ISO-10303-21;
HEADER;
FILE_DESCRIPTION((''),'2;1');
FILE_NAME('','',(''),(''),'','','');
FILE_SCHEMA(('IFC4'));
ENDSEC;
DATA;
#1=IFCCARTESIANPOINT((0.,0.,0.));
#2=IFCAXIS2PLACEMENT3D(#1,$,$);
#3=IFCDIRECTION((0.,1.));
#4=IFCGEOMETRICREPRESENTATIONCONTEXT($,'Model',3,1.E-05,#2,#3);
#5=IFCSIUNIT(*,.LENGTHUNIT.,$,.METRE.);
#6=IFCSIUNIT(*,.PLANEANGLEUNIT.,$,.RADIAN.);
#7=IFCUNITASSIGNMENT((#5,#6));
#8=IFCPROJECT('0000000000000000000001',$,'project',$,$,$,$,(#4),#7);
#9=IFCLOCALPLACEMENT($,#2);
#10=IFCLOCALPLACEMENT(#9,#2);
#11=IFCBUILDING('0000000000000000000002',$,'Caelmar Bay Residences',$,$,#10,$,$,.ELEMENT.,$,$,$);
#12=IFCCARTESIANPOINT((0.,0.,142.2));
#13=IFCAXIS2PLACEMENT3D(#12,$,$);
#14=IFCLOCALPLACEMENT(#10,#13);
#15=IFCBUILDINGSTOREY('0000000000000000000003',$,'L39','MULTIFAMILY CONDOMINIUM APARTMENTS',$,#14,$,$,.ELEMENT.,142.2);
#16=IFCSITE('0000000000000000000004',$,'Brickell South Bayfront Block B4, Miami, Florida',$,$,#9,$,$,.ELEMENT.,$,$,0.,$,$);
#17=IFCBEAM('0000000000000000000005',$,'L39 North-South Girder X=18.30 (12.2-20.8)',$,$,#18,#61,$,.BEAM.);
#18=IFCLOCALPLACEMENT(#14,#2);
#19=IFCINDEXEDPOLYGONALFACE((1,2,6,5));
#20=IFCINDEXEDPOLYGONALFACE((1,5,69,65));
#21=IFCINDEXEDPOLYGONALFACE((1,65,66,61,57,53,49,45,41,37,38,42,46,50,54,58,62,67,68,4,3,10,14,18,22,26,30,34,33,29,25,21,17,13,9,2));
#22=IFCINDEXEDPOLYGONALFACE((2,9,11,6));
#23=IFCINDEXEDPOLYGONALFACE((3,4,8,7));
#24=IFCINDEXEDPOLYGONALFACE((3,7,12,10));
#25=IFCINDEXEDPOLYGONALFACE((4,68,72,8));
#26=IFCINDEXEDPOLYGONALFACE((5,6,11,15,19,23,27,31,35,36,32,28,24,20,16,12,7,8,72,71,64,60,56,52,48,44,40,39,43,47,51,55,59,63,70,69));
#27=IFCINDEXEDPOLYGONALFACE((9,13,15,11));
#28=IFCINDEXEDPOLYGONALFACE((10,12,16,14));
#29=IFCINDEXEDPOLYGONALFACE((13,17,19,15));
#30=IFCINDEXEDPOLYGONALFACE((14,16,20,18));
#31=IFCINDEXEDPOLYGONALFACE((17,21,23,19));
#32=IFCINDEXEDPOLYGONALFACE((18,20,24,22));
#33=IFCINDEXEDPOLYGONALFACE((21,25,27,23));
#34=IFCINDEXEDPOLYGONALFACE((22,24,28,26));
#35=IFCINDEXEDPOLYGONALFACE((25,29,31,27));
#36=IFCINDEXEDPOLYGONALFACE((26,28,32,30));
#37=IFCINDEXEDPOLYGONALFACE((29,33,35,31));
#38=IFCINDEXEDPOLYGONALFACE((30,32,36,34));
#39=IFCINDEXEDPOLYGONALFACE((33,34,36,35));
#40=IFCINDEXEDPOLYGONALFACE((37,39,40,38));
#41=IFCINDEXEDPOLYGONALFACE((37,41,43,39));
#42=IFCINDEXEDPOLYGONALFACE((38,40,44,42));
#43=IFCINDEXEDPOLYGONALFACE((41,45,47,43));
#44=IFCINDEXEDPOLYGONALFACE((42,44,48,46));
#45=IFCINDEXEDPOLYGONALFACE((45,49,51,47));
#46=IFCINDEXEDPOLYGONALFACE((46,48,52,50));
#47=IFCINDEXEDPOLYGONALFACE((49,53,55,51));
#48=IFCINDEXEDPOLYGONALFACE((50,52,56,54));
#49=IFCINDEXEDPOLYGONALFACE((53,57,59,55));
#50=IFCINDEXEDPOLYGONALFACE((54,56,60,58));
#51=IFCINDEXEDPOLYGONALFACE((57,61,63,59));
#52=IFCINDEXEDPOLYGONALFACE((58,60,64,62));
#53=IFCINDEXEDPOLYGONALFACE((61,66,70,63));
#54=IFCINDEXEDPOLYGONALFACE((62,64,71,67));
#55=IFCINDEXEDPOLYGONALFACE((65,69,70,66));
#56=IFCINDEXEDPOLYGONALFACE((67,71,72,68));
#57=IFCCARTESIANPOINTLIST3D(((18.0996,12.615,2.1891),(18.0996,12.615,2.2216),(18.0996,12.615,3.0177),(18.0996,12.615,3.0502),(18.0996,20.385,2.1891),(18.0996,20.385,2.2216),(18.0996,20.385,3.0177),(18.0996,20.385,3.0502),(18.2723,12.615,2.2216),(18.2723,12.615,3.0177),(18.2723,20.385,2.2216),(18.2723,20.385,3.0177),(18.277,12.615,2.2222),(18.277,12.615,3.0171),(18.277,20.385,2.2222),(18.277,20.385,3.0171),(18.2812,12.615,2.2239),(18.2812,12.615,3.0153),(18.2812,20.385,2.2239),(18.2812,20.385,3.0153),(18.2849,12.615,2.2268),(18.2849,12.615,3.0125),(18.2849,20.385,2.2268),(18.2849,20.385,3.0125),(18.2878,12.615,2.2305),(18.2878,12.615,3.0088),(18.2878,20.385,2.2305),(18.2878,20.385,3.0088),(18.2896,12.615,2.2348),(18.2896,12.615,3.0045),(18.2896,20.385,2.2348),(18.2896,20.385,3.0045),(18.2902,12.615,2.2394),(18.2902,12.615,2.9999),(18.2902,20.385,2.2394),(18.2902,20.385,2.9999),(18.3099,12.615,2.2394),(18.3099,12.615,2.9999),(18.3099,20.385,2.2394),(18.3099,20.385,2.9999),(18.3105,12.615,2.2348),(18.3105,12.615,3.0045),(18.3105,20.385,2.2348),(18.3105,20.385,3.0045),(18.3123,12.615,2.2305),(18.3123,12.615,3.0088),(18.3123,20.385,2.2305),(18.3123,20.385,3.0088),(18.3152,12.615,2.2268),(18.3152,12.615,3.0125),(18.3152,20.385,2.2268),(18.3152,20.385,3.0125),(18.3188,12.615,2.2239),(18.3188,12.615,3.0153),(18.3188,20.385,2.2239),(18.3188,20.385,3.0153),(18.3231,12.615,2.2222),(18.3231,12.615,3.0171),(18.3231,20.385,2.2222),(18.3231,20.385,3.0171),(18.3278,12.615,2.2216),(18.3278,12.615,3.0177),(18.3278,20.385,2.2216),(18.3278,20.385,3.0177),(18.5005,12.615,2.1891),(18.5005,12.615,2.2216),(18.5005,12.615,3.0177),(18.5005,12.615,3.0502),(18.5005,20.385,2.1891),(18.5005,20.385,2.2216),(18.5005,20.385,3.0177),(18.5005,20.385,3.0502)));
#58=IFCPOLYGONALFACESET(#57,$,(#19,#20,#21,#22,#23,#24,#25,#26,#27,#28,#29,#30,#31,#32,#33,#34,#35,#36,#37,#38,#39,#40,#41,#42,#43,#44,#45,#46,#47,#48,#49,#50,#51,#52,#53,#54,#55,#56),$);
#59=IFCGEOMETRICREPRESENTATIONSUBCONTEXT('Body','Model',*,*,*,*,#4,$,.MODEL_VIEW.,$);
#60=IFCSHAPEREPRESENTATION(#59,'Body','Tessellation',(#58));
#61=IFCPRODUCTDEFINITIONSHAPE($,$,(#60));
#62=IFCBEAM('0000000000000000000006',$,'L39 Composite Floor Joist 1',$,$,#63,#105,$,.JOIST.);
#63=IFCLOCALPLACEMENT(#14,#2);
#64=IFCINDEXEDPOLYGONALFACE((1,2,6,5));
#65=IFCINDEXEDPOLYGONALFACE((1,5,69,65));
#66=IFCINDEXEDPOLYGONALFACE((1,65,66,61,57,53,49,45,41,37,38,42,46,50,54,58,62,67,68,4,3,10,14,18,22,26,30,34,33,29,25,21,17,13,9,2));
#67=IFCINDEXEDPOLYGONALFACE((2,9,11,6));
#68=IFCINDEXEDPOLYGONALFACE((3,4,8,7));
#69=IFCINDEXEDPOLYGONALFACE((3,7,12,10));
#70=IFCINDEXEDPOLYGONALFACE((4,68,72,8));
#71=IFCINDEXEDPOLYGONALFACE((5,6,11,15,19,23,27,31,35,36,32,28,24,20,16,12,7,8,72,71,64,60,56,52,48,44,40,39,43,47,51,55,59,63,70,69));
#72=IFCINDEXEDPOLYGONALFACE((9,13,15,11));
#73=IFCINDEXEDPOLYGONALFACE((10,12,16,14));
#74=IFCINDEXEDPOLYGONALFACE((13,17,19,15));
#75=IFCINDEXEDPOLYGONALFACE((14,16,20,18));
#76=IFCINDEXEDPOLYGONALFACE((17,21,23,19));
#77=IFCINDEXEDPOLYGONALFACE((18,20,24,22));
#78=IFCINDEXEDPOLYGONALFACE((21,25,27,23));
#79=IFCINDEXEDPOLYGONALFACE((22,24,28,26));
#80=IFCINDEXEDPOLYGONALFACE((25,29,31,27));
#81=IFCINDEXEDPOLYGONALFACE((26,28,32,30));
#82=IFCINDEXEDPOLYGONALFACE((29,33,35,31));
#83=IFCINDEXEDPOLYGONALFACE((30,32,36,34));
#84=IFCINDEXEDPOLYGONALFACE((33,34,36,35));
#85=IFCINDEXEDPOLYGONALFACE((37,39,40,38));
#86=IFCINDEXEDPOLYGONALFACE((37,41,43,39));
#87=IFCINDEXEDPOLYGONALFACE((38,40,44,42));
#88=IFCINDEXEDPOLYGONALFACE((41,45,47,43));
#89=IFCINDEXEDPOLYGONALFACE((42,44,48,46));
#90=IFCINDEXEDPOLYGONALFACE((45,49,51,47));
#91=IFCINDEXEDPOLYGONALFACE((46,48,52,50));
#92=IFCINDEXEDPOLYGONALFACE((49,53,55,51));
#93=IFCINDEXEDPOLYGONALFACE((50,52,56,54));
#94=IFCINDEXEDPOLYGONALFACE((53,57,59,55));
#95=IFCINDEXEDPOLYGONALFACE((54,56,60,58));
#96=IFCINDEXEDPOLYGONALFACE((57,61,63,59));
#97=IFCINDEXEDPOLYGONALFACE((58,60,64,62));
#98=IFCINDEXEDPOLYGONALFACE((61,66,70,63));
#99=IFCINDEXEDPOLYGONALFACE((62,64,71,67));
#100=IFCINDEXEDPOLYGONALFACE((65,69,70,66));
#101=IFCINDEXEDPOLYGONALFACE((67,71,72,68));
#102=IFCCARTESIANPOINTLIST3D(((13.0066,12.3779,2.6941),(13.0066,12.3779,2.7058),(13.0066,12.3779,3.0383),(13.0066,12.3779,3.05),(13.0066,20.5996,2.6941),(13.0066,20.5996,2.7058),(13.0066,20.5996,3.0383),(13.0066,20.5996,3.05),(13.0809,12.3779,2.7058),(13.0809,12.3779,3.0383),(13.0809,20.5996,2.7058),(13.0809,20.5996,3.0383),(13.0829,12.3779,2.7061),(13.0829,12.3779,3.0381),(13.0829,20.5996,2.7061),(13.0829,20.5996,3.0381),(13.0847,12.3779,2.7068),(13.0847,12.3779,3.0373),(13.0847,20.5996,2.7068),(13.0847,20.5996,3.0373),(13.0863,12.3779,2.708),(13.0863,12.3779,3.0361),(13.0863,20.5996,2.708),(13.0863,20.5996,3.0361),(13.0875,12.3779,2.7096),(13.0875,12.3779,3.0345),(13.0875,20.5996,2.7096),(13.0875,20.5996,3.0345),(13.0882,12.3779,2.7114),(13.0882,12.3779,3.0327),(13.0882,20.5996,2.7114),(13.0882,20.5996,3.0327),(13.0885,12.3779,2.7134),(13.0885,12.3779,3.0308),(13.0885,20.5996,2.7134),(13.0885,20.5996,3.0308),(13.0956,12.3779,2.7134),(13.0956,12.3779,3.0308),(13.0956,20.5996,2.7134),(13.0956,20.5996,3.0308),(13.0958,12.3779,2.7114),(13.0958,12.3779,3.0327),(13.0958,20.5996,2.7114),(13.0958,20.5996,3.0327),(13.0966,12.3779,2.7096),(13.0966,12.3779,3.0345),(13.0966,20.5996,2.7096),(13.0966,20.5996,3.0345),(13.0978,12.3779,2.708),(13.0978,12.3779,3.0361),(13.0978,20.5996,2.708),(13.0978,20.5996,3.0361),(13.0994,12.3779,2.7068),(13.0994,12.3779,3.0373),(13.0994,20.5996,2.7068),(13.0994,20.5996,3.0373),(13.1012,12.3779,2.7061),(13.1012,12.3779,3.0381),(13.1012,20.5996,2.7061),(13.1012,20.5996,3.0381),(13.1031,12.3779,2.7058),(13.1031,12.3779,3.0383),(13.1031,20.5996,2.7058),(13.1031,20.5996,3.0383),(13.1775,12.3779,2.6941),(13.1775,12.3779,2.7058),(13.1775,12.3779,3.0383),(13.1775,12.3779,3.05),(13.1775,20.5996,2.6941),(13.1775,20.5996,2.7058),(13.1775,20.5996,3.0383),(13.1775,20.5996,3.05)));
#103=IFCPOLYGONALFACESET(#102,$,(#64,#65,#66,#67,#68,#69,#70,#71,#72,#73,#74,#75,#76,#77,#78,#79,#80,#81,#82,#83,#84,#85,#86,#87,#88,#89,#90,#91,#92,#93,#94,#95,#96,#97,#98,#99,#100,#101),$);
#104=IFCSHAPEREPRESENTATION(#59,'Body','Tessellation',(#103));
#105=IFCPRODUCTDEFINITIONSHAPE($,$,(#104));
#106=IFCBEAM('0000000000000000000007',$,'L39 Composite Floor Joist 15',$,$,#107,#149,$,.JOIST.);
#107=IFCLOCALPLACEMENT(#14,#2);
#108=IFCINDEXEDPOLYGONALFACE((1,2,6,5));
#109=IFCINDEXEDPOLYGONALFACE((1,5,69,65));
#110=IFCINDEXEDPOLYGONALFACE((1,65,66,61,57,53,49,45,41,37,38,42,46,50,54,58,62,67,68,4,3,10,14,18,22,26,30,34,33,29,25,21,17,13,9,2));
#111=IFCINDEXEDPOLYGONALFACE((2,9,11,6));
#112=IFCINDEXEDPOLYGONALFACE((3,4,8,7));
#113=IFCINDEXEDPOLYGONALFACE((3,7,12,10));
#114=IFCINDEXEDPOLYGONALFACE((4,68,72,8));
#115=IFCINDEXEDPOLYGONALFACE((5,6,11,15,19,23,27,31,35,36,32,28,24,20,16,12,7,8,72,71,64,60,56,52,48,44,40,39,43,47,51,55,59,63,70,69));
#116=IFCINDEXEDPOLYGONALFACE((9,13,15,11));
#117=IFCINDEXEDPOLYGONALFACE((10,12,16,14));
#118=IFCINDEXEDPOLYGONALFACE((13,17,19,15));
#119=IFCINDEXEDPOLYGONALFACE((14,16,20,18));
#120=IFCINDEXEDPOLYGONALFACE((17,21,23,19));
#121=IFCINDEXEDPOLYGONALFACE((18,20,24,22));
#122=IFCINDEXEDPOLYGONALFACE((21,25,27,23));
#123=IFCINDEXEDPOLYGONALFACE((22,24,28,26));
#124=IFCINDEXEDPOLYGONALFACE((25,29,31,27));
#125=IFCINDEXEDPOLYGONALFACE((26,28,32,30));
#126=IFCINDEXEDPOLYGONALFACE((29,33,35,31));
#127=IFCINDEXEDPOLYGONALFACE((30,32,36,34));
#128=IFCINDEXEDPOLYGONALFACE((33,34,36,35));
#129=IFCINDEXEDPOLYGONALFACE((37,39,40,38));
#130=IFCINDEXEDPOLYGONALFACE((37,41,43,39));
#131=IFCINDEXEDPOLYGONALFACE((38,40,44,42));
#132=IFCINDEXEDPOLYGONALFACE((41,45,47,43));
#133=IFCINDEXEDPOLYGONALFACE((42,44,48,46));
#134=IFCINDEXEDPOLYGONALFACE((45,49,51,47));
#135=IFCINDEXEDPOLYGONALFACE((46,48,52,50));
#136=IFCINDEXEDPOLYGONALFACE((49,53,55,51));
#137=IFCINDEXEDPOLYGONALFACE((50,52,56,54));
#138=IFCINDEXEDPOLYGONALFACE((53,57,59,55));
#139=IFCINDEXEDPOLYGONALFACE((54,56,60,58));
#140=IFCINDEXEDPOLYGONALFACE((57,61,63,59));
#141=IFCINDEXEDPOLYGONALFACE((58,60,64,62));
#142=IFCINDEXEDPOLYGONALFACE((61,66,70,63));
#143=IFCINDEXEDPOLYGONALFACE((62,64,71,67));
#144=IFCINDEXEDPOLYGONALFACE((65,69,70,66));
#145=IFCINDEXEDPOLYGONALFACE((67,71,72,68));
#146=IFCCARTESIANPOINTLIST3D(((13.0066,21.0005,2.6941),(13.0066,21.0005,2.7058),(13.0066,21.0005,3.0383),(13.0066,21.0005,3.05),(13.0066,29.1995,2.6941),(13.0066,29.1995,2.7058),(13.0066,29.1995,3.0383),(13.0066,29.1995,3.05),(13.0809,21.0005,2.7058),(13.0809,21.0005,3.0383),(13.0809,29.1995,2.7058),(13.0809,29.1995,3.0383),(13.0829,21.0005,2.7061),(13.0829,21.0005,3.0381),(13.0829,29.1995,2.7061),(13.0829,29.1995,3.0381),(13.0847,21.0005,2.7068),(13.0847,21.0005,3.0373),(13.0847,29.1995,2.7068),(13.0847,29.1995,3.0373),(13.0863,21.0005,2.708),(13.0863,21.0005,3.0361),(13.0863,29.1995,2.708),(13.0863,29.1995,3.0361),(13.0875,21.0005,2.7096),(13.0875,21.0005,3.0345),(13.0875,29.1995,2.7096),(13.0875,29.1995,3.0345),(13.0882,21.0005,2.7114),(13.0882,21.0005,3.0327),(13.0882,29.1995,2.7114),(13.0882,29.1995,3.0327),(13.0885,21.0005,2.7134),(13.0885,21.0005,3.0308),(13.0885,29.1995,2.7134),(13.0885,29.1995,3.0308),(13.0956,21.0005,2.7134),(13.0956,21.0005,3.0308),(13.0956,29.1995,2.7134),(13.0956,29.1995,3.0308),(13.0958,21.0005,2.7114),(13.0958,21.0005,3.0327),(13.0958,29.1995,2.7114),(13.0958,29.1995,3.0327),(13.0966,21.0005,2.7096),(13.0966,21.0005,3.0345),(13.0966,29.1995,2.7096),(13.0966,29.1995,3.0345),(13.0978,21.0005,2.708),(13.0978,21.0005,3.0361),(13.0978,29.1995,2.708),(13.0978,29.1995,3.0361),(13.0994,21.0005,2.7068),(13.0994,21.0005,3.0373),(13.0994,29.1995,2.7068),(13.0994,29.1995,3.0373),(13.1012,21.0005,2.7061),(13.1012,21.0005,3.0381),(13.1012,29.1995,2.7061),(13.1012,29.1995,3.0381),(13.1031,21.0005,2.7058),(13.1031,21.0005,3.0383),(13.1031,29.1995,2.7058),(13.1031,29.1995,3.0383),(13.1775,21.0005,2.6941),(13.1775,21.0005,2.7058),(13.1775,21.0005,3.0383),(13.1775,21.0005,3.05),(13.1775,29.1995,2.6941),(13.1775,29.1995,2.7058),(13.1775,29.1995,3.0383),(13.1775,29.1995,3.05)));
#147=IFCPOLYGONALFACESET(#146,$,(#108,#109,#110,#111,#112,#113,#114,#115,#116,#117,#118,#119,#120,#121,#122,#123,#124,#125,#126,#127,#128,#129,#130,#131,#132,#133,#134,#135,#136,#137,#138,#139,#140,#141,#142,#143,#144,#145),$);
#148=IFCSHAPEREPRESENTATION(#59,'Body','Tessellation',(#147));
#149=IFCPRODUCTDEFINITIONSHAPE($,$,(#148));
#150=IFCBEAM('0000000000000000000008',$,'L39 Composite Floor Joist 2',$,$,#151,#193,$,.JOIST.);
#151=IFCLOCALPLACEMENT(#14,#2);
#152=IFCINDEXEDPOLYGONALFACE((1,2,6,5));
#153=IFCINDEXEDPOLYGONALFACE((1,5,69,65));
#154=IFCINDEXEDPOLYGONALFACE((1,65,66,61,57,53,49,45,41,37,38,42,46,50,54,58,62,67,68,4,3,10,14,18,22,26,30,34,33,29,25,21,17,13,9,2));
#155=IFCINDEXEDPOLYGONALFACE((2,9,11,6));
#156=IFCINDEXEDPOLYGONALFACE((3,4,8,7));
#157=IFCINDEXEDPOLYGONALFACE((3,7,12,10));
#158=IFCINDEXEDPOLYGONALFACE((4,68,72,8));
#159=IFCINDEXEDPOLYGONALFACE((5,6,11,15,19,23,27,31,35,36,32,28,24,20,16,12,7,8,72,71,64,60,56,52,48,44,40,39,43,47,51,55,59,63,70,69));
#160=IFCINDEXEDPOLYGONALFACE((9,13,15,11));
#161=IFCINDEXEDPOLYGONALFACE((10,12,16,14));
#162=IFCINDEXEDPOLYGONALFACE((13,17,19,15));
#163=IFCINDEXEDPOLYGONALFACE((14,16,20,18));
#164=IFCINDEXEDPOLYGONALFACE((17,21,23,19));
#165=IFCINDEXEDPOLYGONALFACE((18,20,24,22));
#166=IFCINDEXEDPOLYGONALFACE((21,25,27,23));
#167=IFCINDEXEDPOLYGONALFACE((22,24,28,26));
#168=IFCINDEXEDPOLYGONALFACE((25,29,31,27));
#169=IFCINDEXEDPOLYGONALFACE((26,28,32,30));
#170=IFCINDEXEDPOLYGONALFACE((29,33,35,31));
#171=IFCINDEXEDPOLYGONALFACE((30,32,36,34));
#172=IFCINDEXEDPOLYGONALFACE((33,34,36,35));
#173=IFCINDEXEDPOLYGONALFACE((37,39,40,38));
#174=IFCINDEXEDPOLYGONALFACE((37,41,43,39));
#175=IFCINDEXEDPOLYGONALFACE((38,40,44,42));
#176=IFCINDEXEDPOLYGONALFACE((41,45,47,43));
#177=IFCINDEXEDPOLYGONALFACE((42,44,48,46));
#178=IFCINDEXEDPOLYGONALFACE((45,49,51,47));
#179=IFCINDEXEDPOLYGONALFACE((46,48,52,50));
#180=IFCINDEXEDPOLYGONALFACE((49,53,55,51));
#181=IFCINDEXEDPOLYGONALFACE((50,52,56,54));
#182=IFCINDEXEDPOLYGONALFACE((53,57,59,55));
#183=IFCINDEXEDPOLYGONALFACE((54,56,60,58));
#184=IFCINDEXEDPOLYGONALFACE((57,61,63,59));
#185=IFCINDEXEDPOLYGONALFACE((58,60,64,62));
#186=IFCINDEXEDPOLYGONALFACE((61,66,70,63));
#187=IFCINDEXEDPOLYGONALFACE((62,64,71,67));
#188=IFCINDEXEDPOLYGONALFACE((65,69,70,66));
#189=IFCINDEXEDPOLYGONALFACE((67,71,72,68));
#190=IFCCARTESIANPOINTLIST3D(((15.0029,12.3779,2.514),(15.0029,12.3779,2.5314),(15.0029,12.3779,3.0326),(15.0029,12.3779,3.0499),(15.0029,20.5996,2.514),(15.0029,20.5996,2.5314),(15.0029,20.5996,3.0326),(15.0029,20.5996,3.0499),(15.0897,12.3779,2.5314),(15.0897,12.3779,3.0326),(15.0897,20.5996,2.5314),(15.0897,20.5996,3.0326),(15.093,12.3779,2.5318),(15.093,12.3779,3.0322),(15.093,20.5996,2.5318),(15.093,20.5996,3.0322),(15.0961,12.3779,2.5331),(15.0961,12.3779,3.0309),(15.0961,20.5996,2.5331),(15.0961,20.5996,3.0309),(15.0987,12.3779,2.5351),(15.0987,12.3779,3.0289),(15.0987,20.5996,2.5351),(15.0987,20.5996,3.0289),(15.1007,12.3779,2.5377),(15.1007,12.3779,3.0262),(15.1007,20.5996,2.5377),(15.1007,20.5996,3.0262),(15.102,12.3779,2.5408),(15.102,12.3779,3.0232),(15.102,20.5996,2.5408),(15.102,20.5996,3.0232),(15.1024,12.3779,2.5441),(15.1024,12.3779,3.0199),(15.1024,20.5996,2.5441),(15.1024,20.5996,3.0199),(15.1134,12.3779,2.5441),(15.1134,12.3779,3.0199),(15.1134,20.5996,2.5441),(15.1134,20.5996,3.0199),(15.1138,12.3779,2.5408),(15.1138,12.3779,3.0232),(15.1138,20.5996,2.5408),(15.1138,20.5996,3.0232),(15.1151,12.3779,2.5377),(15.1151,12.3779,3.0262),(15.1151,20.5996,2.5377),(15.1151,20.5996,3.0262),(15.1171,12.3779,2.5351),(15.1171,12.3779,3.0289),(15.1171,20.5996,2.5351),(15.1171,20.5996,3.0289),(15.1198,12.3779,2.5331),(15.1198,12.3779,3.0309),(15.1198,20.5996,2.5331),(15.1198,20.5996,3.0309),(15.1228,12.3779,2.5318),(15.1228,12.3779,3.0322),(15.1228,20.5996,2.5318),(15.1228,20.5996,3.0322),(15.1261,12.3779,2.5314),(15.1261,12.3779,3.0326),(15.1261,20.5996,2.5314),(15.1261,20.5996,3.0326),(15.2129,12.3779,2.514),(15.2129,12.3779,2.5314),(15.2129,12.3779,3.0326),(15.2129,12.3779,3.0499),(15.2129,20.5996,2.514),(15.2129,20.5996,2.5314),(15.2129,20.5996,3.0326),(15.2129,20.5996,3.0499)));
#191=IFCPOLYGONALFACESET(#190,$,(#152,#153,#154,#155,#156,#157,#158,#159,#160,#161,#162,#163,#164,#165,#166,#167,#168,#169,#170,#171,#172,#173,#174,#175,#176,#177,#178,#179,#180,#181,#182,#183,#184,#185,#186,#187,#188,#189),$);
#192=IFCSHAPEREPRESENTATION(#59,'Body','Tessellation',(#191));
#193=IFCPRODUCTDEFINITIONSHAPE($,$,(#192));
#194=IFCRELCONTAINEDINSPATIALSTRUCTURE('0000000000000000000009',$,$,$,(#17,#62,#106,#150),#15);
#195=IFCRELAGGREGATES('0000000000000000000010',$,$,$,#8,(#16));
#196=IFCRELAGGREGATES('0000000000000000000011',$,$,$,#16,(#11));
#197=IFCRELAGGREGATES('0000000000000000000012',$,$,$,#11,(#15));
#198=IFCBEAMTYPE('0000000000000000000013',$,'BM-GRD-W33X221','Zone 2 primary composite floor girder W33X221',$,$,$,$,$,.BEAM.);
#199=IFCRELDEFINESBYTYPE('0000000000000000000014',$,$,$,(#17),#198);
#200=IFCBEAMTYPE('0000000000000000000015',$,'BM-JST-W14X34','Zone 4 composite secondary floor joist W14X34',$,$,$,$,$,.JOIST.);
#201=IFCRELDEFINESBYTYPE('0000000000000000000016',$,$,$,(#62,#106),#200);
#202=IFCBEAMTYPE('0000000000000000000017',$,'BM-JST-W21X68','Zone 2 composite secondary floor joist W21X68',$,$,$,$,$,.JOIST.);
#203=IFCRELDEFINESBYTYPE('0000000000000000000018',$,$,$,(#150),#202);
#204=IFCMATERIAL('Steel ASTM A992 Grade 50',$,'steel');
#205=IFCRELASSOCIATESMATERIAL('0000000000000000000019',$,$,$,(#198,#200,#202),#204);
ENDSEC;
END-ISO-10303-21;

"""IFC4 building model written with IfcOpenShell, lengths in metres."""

from ifc_helpers import new_model, si_unit, direction, frame, origin, origin_2d, place, context, subcontext, project, spatial, i_section, extrude, material, material_profile, profile_set, type_object, element, save


model = new_model("IFC4")

# Units and contexts
model_context = context("Model", 3, precision=1e-05, world=origin(), true_north=direction((0.0, 1.0)))
body_context = subcontext(model_context, "Body", "Model", "MODEL_VIEW")
ifc_project = project(units=[si_unit("LENGTHUNIT", "METRE"), si_unit("PLANEANGLEUNIT", "RADIAN")], contexts=[model_context])

# Site, building, storey
site_placement = place(None, origin())
site = spatial("IfcSite", under=ifc_project, at=site_placement, Name="Brickell South Bayfront Block B4, Miami, Florida", CompositionType="ELEMENT", RefElevation=0.0)
building_placement = place(site_placement, origin())
building = spatial("IfcBuilding", under=site, at=building_placement, Name="Caelmar Bay Residences", CompositionType="ELEMENT")
storey_placement = place(building_placement, frame((0.0, 0.0, 142.2)))
storey = spatial("IfcBuildingStorey", under=building, at=storey_placement, Name="L39", Description="MULTIFAMILY CONDOMINIUM APARTMENTS", CompositionType="ELEMENT", Elevation=142.2)

# Beams
ifc_material_1 = material(Name="Steel ASTM A992 Grade 50", Category="steel")
ifc_material_profile_1 = material_profile(ifc_material_1, i_section(OverallWidth=0.4009, OverallDepth=0.8611, WebThickness=0.0198, FlangeThickness=0.0325, FilletRadius=0.0178, at=origin_2d()), Name="W33X221")
ifc_profile_set_1 = profile_set([ifc_material_profile_1], Name="Steel ASTM A992 Grade 50")
beam_type_1 = type_object("IfcBeamType", Name="BM-GRD-W33X221", Description="Zone 2 primary composite floor girder W33X221", PredefinedType="BEAM", material=ifc_profile_set_1)
for number, where, z_axis, x_axis, name in (
    (1, (18.3, 12.615, 2.6196), (0.0, 1.0, 0.0), (-1.0, 0.0, 0.0), "L39 North-South Girder X=18.30 (12.2-20.8)"),
):
    element("IfcBeam", number, at=place(storey_placement, frame(where, z_axis=z_axis, x_axis=x_axis)), inside=storey, type_object=beam_type_1, Name=name, PredefinedType="BEAM", context=body_context, shape_type="SweptSolid", body=[
        extrude(i_section(OverallWidth=0.4009, OverallDepth=0.8611, WebThickness=0.0198, FlangeThickness=0.0325, FilletRadius=0.0178, at=origin_2d()), origin(), (0.0, 0.0, 1.0), 7.77),
    ])
ifc_material_profile_2 = material_profile(ifc_material_1, i_section(OverallWidth=0.1709, OverallDepth=0.356, WebThickness=0.0071, FlangeThickness=0.0117, FilletRadius=0.0076, at=origin_2d()), Name="W14X34")
ifc_profile_set_2 = profile_set([ifc_material_profile_2], Name="Steel ASTM A992 Grade 50")
beam_type_2 = type_object("IfcBeamType", Name="BM-JST-W14X34", Description="Zone 4 composite secondary floor joist W14X34", PredefinedType="JOIST", material=ifc_profile_set_2)
beam_1_placement = place(storey_placement, frame((13.092, 12.3779, 2.8721), z_axis=(0.0, 1.0, 0.0), x_axis=(-1.0, 0.0, 0.0)))
element("IfcBeam", 2, at=beam_1_placement, inside=storey, type_object=beam_type_2, Name="L39 Composite Floor Joist 1", PredefinedType="JOIST", context=body_context, shape_type="SweptSolid", body=[
    extrude(i_section(OverallWidth=0.1709, OverallDepth=0.356, WebThickness=0.0071, FlangeThickness=0.0117, FilletRadius=0.0076, at=origin_2d()), origin(), (0.0, 0.0, 1.0), 8.2217),
])
beam_2_placement = place(storey_placement, frame((13.092, 21.0005, 2.8721), z_axis=(0.0, 1.0, 0.0), x_axis=(-1.0, 0.0, 0.0)))
element("IfcBeam", 3, at=beam_2_placement, inside=storey, type_object=beam_type_2, Name="L39 Composite Floor Joist 15", PredefinedType="JOIST", context=body_context, shape_type="SweptSolid", body=[
    extrude(i_section(OverallWidth=0.1709, OverallDepth=0.356, WebThickness=0.0071, FlangeThickness=0.0117, FilletRadius=0.0076, at=origin_2d()), origin(), (0.0, 0.0, 1.0), 8.199),
])
ifc_material_profile_3 = material_profile(ifc_material_1, i_section(OverallWidth=0.21, OverallDepth=0.5359, WebThickness=0.011, FlangeThickness=0.0173, FilletRadius=0.0127, at=origin_2d()), Name="W21X68")
ifc_profile_set_3 = profile_set([ifc_material_profile_3], Name="Steel ASTM A992 Grade 50")
beam_type_3 = type_object("IfcBeamType", Name="BM-JST-W21X68", Description="Zone 2 composite secondary floor joist W21X68", PredefinedType="JOIST", material=ifc_profile_set_3)
beam_3_placement = place(storey_placement, frame((15.1079, 12.3779, 2.782), z_axis=(0.0, 1.0, 0.0), x_axis=(-1.0, 0.0, 0.0)))
element("IfcBeam", 4, at=beam_3_placement, inside=storey, type_object=beam_type_3, Name="L39 Composite Floor Joist 2", PredefinedType="JOIST", context=body_context, shape_type="SweptSolid", body=[
    extrude(i_section(OverallWidth=0.21, OverallDepth=0.5359, WebThickness=0.011, FlangeThickness=0.0173, FilletRadius=0.0127, at=origin_2d()), origin(), (0.0, 0.0, 1.0), 8.2217),
])

save(model, "model.ifc")
